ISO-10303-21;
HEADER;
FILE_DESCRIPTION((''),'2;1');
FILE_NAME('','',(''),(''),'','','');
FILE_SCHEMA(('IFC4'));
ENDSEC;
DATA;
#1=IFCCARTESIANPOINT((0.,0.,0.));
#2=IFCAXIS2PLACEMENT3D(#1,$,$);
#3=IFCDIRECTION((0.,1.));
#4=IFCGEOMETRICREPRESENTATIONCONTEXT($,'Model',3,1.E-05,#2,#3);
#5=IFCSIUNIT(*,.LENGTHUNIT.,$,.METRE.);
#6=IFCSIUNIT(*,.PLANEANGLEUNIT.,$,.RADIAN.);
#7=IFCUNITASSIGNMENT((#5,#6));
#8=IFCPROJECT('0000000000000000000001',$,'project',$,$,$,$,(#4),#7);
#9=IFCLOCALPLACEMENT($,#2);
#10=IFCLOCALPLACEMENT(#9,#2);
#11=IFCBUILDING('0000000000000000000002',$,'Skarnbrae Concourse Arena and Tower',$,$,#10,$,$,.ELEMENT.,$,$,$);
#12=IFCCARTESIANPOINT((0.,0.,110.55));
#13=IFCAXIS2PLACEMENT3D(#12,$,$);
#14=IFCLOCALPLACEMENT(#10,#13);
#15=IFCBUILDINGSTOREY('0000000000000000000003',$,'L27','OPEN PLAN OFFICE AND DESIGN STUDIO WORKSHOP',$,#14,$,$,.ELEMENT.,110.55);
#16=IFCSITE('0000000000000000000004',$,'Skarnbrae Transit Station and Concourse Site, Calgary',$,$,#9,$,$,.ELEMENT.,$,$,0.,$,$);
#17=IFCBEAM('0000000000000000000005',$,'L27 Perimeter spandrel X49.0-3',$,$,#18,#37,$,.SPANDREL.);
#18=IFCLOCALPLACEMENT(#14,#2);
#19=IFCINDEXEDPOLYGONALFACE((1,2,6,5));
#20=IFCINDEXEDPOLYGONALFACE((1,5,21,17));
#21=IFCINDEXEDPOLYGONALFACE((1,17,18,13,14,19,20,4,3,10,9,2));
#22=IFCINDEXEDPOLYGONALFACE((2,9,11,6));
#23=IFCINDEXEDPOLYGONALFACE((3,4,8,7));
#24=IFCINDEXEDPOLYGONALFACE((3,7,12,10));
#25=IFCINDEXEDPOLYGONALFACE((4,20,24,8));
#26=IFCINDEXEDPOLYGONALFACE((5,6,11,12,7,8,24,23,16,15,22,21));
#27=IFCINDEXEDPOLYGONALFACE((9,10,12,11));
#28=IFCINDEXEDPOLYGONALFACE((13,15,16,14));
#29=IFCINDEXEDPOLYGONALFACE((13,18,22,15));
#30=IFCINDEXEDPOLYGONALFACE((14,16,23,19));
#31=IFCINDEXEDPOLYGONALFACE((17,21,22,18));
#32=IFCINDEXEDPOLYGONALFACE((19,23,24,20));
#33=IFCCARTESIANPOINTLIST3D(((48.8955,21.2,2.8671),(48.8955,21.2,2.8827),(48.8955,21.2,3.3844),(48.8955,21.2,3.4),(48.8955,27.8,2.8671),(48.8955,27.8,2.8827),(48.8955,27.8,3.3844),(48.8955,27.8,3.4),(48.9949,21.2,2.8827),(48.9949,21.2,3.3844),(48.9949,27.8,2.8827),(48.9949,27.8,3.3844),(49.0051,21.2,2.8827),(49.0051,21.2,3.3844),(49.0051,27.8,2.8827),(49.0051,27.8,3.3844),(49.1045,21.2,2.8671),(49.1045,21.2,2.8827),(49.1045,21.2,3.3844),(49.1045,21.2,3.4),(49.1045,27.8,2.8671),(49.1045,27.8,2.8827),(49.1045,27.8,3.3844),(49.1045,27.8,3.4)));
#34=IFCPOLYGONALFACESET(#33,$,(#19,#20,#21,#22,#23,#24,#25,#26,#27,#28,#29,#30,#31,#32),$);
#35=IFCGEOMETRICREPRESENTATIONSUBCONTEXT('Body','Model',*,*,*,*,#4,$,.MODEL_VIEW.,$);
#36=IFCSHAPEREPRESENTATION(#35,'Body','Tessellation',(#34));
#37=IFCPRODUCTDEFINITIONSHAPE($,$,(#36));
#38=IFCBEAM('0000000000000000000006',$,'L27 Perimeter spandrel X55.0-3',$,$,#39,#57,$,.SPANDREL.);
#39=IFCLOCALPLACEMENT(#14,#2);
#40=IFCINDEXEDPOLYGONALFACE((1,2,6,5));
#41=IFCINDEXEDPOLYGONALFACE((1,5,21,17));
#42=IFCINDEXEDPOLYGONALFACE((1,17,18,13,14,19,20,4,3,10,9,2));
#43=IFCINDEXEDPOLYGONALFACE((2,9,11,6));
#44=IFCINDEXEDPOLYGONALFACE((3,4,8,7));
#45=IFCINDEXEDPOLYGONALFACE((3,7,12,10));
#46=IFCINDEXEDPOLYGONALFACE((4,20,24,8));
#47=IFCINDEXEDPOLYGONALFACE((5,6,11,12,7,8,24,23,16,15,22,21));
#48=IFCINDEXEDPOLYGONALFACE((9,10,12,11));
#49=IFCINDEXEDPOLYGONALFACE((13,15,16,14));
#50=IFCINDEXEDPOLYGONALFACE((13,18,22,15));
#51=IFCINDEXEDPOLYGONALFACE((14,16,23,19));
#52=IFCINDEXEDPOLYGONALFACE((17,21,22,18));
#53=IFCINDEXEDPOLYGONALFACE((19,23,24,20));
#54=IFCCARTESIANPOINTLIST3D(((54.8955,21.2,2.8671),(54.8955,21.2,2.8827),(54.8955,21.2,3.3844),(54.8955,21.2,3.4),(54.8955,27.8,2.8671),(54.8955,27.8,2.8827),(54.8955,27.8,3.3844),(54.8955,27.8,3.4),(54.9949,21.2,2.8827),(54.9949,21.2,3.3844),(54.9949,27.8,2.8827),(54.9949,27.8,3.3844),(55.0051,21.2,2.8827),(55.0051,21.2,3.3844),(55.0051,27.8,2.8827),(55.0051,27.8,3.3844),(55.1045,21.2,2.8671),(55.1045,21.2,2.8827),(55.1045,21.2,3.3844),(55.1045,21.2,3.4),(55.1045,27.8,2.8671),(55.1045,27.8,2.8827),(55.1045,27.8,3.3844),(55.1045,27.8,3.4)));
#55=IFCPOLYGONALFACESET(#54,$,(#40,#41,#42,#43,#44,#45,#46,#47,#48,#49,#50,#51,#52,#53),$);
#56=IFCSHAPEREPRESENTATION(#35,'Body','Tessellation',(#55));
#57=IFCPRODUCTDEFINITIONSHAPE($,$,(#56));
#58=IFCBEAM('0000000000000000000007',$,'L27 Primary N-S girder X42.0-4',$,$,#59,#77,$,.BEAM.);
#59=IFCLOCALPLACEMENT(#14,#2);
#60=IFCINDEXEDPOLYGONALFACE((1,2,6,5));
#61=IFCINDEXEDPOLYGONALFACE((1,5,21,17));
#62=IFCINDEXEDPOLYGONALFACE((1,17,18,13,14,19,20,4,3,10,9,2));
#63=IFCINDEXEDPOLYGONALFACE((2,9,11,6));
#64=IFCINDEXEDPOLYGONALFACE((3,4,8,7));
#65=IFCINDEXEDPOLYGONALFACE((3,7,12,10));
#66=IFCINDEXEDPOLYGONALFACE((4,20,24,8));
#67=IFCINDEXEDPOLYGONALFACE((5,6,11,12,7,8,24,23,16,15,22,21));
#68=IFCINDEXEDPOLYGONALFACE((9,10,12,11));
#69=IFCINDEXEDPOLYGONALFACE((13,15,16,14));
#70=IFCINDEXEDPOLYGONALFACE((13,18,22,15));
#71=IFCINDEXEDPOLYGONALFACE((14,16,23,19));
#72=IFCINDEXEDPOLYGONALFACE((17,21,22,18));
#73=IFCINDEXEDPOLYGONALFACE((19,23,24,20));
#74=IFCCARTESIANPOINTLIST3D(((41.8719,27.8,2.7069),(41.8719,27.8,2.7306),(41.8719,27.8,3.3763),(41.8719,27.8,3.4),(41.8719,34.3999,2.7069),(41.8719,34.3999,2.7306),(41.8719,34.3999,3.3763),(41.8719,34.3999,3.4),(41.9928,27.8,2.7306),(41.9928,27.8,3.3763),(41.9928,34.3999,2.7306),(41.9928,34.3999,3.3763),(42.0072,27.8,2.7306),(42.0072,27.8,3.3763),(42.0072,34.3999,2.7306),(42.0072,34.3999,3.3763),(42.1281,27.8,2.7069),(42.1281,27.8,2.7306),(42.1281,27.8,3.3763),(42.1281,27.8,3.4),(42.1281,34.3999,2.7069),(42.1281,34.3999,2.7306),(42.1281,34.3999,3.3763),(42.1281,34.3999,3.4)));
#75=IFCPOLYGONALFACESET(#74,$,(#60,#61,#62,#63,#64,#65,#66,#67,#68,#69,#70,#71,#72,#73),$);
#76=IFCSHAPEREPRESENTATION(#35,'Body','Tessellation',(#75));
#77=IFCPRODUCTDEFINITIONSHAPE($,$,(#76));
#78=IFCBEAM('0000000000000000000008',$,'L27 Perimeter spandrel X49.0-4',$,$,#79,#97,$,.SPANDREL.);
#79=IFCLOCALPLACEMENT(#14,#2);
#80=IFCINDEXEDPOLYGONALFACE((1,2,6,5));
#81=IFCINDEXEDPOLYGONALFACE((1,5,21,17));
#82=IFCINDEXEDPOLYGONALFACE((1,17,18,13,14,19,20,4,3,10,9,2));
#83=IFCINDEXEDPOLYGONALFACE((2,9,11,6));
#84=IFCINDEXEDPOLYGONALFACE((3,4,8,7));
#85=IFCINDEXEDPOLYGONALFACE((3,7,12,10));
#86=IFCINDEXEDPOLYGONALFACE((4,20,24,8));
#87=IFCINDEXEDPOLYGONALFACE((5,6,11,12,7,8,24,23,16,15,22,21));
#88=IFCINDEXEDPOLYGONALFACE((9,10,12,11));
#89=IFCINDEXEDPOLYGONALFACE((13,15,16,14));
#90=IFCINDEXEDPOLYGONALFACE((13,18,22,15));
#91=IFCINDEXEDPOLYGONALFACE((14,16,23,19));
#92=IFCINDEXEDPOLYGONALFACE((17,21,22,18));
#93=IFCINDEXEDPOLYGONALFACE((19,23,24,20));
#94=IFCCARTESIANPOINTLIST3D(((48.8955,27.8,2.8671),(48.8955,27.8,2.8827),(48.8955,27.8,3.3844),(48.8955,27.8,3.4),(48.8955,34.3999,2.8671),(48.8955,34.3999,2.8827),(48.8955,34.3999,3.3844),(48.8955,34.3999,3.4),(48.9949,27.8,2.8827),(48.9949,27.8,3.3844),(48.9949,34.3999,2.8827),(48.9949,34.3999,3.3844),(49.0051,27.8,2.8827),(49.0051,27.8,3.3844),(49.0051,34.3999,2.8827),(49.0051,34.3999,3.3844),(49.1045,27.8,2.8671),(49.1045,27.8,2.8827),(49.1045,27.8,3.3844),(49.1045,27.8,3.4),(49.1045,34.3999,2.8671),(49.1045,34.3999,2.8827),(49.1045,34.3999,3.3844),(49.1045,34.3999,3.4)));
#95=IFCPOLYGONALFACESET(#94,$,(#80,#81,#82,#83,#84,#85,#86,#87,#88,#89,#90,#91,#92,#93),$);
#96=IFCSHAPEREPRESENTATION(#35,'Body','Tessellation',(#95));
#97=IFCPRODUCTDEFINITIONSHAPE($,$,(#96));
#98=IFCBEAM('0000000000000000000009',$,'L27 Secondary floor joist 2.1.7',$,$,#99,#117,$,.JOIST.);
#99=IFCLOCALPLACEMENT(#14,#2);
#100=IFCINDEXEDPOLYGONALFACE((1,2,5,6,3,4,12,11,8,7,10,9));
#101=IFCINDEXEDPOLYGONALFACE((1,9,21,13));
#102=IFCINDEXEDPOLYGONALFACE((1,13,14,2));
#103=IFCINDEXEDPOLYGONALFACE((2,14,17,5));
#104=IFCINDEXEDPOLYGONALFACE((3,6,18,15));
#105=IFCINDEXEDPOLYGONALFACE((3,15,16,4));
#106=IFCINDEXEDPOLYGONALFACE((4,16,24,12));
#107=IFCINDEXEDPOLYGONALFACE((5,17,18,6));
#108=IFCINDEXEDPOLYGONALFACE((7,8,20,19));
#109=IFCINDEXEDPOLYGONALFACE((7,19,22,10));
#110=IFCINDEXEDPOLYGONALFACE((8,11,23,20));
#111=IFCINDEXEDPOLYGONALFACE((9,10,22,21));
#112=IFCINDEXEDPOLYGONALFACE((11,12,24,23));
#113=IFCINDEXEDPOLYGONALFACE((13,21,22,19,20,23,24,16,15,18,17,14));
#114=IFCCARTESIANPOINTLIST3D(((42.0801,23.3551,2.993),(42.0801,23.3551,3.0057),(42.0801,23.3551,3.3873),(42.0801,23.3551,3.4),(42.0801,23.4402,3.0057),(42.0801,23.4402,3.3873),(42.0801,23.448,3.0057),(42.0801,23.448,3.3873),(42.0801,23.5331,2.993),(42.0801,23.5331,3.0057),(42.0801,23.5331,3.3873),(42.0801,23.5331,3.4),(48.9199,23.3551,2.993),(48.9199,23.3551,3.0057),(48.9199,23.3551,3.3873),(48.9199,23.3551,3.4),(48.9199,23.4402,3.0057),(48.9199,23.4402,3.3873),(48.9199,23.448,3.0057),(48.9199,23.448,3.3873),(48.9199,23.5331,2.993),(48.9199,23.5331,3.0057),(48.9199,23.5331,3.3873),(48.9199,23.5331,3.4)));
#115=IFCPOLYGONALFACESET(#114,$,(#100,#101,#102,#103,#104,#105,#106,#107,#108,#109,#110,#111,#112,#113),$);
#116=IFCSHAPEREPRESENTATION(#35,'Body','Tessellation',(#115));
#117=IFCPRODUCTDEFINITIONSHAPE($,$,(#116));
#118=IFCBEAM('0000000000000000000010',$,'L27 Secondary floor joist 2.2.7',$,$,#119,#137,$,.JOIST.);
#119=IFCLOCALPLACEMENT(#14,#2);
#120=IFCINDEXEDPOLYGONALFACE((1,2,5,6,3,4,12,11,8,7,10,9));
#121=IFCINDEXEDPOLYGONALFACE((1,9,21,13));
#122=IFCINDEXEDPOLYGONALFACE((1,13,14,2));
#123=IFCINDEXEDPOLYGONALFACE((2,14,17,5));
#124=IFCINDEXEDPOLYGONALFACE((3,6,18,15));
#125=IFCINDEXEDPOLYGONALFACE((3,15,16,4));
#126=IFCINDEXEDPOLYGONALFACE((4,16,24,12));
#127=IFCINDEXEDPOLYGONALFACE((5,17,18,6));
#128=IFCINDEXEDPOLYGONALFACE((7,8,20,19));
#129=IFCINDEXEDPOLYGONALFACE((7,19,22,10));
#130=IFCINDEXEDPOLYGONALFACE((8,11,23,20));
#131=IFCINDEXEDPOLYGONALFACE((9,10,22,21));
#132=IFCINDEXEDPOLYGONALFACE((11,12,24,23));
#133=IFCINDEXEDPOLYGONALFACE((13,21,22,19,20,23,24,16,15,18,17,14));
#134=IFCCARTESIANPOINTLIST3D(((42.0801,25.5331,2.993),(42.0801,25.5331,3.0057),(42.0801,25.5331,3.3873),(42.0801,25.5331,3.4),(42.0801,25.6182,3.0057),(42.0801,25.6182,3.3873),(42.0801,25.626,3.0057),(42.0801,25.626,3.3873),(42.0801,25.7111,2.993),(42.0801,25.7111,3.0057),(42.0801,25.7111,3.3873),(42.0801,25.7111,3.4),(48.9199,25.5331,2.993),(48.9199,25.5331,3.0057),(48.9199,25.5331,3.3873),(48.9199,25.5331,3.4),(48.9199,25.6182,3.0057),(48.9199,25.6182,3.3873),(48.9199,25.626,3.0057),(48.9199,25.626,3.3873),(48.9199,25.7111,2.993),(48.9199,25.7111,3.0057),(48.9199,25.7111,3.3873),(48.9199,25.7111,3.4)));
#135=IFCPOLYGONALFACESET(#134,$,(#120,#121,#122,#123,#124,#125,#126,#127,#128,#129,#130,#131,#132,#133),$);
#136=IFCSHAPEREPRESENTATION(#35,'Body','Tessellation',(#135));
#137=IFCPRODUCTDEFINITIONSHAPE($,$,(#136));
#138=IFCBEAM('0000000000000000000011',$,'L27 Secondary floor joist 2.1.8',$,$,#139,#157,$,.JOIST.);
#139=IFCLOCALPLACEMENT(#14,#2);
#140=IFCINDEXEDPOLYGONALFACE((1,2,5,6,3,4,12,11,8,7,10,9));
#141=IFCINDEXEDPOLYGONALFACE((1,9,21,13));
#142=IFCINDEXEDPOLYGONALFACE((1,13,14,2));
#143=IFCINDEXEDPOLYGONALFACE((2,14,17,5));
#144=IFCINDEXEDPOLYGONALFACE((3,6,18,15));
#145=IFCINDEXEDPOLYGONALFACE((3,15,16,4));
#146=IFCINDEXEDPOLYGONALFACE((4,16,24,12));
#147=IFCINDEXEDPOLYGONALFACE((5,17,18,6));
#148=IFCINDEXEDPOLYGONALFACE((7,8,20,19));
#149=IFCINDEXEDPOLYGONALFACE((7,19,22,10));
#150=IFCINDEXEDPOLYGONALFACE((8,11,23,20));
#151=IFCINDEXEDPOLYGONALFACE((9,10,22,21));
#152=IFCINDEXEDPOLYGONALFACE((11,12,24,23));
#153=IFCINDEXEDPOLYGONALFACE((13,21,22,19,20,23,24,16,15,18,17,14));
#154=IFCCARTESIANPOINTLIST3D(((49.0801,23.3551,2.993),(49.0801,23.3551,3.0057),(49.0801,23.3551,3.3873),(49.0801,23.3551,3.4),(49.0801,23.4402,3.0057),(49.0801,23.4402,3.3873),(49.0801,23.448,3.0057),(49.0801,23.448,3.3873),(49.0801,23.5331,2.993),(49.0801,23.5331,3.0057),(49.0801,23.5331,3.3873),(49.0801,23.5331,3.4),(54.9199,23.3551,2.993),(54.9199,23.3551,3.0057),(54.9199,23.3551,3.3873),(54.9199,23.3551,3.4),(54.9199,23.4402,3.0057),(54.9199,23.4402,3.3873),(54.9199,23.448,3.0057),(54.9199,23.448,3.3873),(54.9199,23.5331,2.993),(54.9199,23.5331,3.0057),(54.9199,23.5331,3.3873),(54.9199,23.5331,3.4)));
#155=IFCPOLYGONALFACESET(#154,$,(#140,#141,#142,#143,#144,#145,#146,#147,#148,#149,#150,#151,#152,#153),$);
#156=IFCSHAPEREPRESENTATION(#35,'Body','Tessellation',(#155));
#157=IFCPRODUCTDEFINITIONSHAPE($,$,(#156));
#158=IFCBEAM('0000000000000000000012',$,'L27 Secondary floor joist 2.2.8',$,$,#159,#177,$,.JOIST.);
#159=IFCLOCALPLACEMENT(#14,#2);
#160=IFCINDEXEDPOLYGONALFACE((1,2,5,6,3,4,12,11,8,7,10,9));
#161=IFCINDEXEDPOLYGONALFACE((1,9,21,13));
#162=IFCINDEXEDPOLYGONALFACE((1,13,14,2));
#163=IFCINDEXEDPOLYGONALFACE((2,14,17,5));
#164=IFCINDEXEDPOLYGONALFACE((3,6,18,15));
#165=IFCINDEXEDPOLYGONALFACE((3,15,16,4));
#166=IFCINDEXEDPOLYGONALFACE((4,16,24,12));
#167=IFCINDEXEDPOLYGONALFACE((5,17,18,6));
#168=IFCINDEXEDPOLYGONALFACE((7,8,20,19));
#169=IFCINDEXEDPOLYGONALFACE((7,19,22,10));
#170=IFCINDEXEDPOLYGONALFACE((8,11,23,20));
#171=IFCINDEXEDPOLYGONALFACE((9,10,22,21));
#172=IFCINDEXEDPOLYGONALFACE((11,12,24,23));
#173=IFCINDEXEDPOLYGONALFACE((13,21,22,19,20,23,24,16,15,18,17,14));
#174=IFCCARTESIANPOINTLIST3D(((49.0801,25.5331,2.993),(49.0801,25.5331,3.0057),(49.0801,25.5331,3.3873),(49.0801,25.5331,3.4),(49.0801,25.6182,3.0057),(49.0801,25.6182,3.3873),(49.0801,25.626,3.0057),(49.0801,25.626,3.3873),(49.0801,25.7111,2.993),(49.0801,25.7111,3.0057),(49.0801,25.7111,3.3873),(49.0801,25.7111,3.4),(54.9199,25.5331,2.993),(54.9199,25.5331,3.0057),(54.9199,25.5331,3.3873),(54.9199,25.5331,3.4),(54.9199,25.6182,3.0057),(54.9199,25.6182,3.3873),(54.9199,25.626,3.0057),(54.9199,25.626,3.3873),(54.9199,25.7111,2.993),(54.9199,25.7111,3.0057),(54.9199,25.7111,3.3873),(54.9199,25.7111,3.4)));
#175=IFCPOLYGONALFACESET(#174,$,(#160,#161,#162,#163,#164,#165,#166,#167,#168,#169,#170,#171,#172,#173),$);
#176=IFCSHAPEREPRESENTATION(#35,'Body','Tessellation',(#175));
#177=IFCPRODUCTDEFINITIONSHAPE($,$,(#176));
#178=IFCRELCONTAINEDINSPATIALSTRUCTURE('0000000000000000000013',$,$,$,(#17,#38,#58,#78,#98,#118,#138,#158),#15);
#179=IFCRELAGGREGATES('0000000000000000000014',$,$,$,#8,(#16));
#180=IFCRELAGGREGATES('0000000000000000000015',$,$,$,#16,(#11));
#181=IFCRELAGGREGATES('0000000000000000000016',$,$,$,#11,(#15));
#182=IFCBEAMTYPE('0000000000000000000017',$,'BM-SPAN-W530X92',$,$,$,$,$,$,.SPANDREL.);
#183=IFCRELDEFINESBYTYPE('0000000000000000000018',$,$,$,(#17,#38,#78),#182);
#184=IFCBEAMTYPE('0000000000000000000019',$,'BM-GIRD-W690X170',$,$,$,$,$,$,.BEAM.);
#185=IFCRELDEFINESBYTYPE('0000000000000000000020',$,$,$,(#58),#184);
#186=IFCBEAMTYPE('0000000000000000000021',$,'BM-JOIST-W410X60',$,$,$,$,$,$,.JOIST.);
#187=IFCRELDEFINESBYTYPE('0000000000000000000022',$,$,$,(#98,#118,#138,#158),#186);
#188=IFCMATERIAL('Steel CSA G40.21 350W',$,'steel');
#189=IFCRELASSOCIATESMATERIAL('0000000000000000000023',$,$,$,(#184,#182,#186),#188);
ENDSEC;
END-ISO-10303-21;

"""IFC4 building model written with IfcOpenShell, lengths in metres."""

from ifc_helpers import new_model, si_unit, direction, frame, origin, origin_2d, place, context, subcontext, project, spatial, i_section, extrude, source, transform, mapped, material, material_profile, profile_set, type_object, element, save


model = new_model("IFC4")

# Units and contexts
model_context = context("Model", 3, precision=1e-05, world=origin(), true_north=direction((0.0, 1.0)))
body_context = subcontext(model_context, "Body", "Model", "MODEL_VIEW")
ifc_project = project(units=[si_unit("LENGTHUNIT", "METRE"), si_unit("PLANEANGLEUNIT", "RADIAN")], contexts=[model_context])

# Site, building, storey
site_placement = place(None, origin())
site = spatial("IfcSite", under=ifc_project, at=site_placement, Name="Skarnbrae Transit Station and Concourse Site, Calgary", CompositionType="ELEMENT", RefElevation=0.0)
building_placement = place(site_placement, origin())
building = spatial("IfcBuilding", under=site, at=building_placement, Name="Skarnbrae Concourse Arena and Tower", CompositionType="ELEMENT")
storey_placement = place(building_placement, frame((0.0, 0.0, 110.55)))
storey = spatial("IfcBuildingStorey", under=building, at=storey_placement, Name="L27", Description="OPEN PLAN OFFICE AND DESIGN STUDIO WORKSHOP", CompositionType="ELEMENT", Elevation=110.55)

# Shared definitions
ifc_material_1 = material(Name="Steel CSA G40.21 350W", Category="steel")

# Beams
ifc_material_profile_1 = material_profile(ifc_material_1, i_section(OverallWidth=0.2561, OverallDepth=0.6931, WebThickness=0.0144, FlangeThickness=0.0237, at=origin_2d()), Name="W690X170")
ifc_profile_set_1 = profile_set([ifc_material_profile_1], Name="Steel CSA G40.21 350W")
beam_type_1 = type_object("IfcBeamType", Name="BM-GIRD-W690X170", PredefinedType="BEAM", material=ifc_profile_set_1)
ifc_material_profile_2 = material_profile(ifc_material_1, i_section(OverallWidth=0.209, OverallDepth=0.533, WebThickness=0.0103, FlangeThickness=0.0156, at=origin_2d()), Name="W530X92")
ifc_profile_set_2 = profile_set([ifc_material_profile_2], Name="Steel CSA G40.21 350W")
beam_type_2 = type_object("IfcBeamType", Name="BM-SPAN-W530X92", PredefinedType="SPANDREL", material=ifc_profile_set_2)
shared_shape_1 = source(origin(), body_context, "Body", "SweptSolid", [
    extrude(i_section(OverallWidth=0.209, OverallDepth=0.533, WebThickness=0.0103, FlangeThickness=0.0156, at=origin_2d()), origin(), (0.0, 0.0, 1.0), 6.6001),
])
for number, where, z_axis, x_axis, name in (
    (1, (49.0, 21.2, 3.1335), (0.0, 1.0, 0.0), (-1.0, 0.0, 0.0), "L27 Perimeter spandrel X49.0-3"),
    (2, (55.0, 21.2, 3.1335), (0.0, 1.0, 0.0), (-1.0, 0.0, 0.0), "L27 Perimeter spandrel X55.0-3"),
):
    element("IfcBeam", number, at=place(storey_placement, frame(where, z_axis=z_axis, x_axis=x_axis)), inside=storey, type_object=beam_type_2, Name=name, PredefinedType="SPANDREL", context=body_context, shape_type="MappedRepresentation", body=[
        mapped(shared_shape_1, transform((0.0, 0.0, 0.0))),
    ])
shared_shape_2 = source(origin(), body_context, "Body", "SweptSolid", [
    extrude(i_section(OverallWidth=0.2561, OverallDepth=0.6931, WebThickness=0.0144, FlangeThickness=0.0237, at=origin_2d()), origin(), (0.0, 0.0, 1.0), 6.5999),
])
beam_1_placement = place(storey_placement, frame((42.0, 27.8, 3.0535), z_axis=(0.0, 1.0, 0.0), x_axis=(-1.0, 0.0, 0.0)))
element("IfcBeam", 3, at=beam_1_placement, inside=storey, type_object=beam_type_1, Name="L27 Primary N-S girder X42.0-4", PredefinedType="BEAM", context=body_context, shape_type="MappedRepresentation", body=[
    mapped(shared_shape_2, transform((0.0, 0.0, 0.0))),
])
shared_shape_3 = source(origin(), body_context, "Body", "SweptSolid", [
    extrude(i_section(OverallWidth=0.209, OverallDepth=0.533, WebThickness=0.0103, FlangeThickness=0.0156, at=origin_2d()), origin(), (0.0, 0.0, 1.0), 6.5999),
])
beam_2_placement = place(storey_placement, frame((49.0, 27.8, 3.1335), z_axis=(0.0, 1.0, 0.0), x_axis=(-1.0, 0.0, 0.0)))
element("IfcBeam", 4, at=beam_2_placement, inside=storey, type_object=beam_type_2, Name="L27 Perimeter spandrel X49.0-4", PredefinedType="SPANDREL", context=body_context, shape_type="MappedRepresentation", body=[
    mapped(shared_shape_3, transform((0.0, 0.0, 0.0))),
])
ifc_material_profile_3 = material_profile(ifc_material_1, i_section(OverallWidth=0.178, OverallDepth=0.407, WebThickness=0.0078, FlangeThickness=0.0127, at=origin_2d()), Name="W410X60")
ifc_profile_set_3 = profile_set([ifc_material_profile_3], Name="Steel CSA G40.21 350W")
beam_type_3 = type_object("IfcBeamType", Name="BM-JOIST-W410X60", PredefinedType="JOIST", material=ifc_profile_set_3)
shared_shape_4 = source(origin(), body_context, "Body", "SweptSolid", [
    extrude(i_section(OverallWidth=0.178, OverallDepth=0.407, WebThickness=0.0078, FlangeThickness=0.0127, at=origin_2d()), origin(), (0.0, 0.0, 1.0), 6.8398),
])
for number, where, z_axis, x_axis, name in (
    (5, (42.0801, 23.4441, 3.1965), (1.0, 0.0, 0.0), (0.0, 1.0, 0.0), "L27 Secondary floor joist 2.1.7"),
    (6, (42.0801, 25.6221, 3.1965), (1.0, 0.0, 0.0), (0.0, 1.0, 0.0), "L27 Secondary floor joist 2.2.7"),
):
    element("IfcBeam", number, at=place(storey_placement, frame(where, z_axis=z_axis, x_axis=x_axis)), inside=storey, type_object=beam_type_3, Name=name, PredefinedType="JOIST", context=body_context, shape_type="MappedRepresentation", body=[
        mapped(shared_shape_4, transform((0.0, 0.0, 0.0))),
    ])
shared_shape_5 = source(origin(), body_context, "Body", "SweptSolid", [
    extrude(i_section(OverallWidth=0.178, OverallDepth=0.407, WebThickness=0.0078, FlangeThickness=0.0127, at=origin_2d()), origin(), (0.0, 0.0, 1.0), 5.8398),
])
for number, where, z_axis, x_axis, name in (
    (7, (49.0801, 23.4441, 3.1965), (1.0, 0.0, 0.0), (0.0, 1.0, 0.0), "L27 Secondary floor joist 2.1.8"),
    (8, (49.0801, 25.6221, 3.1965), (1.0, 0.0, 0.0), (0.0, 1.0, 0.0), "L27 Secondary floor joist 2.2.8"),
):
    element("IfcBeam", number, at=place(storey_placement, frame(where, z_axis=z_axis, x_axis=x_axis)), inside=storey, type_object=beam_type_3, Name=name, PredefinedType="JOIST", context=body_context, shape_type="MappedRepresentation", body=[
        mapped(shared_shape_5, transform((0.0, 0.0, 0.0))),
    ])

save(model, "model.ifc")
